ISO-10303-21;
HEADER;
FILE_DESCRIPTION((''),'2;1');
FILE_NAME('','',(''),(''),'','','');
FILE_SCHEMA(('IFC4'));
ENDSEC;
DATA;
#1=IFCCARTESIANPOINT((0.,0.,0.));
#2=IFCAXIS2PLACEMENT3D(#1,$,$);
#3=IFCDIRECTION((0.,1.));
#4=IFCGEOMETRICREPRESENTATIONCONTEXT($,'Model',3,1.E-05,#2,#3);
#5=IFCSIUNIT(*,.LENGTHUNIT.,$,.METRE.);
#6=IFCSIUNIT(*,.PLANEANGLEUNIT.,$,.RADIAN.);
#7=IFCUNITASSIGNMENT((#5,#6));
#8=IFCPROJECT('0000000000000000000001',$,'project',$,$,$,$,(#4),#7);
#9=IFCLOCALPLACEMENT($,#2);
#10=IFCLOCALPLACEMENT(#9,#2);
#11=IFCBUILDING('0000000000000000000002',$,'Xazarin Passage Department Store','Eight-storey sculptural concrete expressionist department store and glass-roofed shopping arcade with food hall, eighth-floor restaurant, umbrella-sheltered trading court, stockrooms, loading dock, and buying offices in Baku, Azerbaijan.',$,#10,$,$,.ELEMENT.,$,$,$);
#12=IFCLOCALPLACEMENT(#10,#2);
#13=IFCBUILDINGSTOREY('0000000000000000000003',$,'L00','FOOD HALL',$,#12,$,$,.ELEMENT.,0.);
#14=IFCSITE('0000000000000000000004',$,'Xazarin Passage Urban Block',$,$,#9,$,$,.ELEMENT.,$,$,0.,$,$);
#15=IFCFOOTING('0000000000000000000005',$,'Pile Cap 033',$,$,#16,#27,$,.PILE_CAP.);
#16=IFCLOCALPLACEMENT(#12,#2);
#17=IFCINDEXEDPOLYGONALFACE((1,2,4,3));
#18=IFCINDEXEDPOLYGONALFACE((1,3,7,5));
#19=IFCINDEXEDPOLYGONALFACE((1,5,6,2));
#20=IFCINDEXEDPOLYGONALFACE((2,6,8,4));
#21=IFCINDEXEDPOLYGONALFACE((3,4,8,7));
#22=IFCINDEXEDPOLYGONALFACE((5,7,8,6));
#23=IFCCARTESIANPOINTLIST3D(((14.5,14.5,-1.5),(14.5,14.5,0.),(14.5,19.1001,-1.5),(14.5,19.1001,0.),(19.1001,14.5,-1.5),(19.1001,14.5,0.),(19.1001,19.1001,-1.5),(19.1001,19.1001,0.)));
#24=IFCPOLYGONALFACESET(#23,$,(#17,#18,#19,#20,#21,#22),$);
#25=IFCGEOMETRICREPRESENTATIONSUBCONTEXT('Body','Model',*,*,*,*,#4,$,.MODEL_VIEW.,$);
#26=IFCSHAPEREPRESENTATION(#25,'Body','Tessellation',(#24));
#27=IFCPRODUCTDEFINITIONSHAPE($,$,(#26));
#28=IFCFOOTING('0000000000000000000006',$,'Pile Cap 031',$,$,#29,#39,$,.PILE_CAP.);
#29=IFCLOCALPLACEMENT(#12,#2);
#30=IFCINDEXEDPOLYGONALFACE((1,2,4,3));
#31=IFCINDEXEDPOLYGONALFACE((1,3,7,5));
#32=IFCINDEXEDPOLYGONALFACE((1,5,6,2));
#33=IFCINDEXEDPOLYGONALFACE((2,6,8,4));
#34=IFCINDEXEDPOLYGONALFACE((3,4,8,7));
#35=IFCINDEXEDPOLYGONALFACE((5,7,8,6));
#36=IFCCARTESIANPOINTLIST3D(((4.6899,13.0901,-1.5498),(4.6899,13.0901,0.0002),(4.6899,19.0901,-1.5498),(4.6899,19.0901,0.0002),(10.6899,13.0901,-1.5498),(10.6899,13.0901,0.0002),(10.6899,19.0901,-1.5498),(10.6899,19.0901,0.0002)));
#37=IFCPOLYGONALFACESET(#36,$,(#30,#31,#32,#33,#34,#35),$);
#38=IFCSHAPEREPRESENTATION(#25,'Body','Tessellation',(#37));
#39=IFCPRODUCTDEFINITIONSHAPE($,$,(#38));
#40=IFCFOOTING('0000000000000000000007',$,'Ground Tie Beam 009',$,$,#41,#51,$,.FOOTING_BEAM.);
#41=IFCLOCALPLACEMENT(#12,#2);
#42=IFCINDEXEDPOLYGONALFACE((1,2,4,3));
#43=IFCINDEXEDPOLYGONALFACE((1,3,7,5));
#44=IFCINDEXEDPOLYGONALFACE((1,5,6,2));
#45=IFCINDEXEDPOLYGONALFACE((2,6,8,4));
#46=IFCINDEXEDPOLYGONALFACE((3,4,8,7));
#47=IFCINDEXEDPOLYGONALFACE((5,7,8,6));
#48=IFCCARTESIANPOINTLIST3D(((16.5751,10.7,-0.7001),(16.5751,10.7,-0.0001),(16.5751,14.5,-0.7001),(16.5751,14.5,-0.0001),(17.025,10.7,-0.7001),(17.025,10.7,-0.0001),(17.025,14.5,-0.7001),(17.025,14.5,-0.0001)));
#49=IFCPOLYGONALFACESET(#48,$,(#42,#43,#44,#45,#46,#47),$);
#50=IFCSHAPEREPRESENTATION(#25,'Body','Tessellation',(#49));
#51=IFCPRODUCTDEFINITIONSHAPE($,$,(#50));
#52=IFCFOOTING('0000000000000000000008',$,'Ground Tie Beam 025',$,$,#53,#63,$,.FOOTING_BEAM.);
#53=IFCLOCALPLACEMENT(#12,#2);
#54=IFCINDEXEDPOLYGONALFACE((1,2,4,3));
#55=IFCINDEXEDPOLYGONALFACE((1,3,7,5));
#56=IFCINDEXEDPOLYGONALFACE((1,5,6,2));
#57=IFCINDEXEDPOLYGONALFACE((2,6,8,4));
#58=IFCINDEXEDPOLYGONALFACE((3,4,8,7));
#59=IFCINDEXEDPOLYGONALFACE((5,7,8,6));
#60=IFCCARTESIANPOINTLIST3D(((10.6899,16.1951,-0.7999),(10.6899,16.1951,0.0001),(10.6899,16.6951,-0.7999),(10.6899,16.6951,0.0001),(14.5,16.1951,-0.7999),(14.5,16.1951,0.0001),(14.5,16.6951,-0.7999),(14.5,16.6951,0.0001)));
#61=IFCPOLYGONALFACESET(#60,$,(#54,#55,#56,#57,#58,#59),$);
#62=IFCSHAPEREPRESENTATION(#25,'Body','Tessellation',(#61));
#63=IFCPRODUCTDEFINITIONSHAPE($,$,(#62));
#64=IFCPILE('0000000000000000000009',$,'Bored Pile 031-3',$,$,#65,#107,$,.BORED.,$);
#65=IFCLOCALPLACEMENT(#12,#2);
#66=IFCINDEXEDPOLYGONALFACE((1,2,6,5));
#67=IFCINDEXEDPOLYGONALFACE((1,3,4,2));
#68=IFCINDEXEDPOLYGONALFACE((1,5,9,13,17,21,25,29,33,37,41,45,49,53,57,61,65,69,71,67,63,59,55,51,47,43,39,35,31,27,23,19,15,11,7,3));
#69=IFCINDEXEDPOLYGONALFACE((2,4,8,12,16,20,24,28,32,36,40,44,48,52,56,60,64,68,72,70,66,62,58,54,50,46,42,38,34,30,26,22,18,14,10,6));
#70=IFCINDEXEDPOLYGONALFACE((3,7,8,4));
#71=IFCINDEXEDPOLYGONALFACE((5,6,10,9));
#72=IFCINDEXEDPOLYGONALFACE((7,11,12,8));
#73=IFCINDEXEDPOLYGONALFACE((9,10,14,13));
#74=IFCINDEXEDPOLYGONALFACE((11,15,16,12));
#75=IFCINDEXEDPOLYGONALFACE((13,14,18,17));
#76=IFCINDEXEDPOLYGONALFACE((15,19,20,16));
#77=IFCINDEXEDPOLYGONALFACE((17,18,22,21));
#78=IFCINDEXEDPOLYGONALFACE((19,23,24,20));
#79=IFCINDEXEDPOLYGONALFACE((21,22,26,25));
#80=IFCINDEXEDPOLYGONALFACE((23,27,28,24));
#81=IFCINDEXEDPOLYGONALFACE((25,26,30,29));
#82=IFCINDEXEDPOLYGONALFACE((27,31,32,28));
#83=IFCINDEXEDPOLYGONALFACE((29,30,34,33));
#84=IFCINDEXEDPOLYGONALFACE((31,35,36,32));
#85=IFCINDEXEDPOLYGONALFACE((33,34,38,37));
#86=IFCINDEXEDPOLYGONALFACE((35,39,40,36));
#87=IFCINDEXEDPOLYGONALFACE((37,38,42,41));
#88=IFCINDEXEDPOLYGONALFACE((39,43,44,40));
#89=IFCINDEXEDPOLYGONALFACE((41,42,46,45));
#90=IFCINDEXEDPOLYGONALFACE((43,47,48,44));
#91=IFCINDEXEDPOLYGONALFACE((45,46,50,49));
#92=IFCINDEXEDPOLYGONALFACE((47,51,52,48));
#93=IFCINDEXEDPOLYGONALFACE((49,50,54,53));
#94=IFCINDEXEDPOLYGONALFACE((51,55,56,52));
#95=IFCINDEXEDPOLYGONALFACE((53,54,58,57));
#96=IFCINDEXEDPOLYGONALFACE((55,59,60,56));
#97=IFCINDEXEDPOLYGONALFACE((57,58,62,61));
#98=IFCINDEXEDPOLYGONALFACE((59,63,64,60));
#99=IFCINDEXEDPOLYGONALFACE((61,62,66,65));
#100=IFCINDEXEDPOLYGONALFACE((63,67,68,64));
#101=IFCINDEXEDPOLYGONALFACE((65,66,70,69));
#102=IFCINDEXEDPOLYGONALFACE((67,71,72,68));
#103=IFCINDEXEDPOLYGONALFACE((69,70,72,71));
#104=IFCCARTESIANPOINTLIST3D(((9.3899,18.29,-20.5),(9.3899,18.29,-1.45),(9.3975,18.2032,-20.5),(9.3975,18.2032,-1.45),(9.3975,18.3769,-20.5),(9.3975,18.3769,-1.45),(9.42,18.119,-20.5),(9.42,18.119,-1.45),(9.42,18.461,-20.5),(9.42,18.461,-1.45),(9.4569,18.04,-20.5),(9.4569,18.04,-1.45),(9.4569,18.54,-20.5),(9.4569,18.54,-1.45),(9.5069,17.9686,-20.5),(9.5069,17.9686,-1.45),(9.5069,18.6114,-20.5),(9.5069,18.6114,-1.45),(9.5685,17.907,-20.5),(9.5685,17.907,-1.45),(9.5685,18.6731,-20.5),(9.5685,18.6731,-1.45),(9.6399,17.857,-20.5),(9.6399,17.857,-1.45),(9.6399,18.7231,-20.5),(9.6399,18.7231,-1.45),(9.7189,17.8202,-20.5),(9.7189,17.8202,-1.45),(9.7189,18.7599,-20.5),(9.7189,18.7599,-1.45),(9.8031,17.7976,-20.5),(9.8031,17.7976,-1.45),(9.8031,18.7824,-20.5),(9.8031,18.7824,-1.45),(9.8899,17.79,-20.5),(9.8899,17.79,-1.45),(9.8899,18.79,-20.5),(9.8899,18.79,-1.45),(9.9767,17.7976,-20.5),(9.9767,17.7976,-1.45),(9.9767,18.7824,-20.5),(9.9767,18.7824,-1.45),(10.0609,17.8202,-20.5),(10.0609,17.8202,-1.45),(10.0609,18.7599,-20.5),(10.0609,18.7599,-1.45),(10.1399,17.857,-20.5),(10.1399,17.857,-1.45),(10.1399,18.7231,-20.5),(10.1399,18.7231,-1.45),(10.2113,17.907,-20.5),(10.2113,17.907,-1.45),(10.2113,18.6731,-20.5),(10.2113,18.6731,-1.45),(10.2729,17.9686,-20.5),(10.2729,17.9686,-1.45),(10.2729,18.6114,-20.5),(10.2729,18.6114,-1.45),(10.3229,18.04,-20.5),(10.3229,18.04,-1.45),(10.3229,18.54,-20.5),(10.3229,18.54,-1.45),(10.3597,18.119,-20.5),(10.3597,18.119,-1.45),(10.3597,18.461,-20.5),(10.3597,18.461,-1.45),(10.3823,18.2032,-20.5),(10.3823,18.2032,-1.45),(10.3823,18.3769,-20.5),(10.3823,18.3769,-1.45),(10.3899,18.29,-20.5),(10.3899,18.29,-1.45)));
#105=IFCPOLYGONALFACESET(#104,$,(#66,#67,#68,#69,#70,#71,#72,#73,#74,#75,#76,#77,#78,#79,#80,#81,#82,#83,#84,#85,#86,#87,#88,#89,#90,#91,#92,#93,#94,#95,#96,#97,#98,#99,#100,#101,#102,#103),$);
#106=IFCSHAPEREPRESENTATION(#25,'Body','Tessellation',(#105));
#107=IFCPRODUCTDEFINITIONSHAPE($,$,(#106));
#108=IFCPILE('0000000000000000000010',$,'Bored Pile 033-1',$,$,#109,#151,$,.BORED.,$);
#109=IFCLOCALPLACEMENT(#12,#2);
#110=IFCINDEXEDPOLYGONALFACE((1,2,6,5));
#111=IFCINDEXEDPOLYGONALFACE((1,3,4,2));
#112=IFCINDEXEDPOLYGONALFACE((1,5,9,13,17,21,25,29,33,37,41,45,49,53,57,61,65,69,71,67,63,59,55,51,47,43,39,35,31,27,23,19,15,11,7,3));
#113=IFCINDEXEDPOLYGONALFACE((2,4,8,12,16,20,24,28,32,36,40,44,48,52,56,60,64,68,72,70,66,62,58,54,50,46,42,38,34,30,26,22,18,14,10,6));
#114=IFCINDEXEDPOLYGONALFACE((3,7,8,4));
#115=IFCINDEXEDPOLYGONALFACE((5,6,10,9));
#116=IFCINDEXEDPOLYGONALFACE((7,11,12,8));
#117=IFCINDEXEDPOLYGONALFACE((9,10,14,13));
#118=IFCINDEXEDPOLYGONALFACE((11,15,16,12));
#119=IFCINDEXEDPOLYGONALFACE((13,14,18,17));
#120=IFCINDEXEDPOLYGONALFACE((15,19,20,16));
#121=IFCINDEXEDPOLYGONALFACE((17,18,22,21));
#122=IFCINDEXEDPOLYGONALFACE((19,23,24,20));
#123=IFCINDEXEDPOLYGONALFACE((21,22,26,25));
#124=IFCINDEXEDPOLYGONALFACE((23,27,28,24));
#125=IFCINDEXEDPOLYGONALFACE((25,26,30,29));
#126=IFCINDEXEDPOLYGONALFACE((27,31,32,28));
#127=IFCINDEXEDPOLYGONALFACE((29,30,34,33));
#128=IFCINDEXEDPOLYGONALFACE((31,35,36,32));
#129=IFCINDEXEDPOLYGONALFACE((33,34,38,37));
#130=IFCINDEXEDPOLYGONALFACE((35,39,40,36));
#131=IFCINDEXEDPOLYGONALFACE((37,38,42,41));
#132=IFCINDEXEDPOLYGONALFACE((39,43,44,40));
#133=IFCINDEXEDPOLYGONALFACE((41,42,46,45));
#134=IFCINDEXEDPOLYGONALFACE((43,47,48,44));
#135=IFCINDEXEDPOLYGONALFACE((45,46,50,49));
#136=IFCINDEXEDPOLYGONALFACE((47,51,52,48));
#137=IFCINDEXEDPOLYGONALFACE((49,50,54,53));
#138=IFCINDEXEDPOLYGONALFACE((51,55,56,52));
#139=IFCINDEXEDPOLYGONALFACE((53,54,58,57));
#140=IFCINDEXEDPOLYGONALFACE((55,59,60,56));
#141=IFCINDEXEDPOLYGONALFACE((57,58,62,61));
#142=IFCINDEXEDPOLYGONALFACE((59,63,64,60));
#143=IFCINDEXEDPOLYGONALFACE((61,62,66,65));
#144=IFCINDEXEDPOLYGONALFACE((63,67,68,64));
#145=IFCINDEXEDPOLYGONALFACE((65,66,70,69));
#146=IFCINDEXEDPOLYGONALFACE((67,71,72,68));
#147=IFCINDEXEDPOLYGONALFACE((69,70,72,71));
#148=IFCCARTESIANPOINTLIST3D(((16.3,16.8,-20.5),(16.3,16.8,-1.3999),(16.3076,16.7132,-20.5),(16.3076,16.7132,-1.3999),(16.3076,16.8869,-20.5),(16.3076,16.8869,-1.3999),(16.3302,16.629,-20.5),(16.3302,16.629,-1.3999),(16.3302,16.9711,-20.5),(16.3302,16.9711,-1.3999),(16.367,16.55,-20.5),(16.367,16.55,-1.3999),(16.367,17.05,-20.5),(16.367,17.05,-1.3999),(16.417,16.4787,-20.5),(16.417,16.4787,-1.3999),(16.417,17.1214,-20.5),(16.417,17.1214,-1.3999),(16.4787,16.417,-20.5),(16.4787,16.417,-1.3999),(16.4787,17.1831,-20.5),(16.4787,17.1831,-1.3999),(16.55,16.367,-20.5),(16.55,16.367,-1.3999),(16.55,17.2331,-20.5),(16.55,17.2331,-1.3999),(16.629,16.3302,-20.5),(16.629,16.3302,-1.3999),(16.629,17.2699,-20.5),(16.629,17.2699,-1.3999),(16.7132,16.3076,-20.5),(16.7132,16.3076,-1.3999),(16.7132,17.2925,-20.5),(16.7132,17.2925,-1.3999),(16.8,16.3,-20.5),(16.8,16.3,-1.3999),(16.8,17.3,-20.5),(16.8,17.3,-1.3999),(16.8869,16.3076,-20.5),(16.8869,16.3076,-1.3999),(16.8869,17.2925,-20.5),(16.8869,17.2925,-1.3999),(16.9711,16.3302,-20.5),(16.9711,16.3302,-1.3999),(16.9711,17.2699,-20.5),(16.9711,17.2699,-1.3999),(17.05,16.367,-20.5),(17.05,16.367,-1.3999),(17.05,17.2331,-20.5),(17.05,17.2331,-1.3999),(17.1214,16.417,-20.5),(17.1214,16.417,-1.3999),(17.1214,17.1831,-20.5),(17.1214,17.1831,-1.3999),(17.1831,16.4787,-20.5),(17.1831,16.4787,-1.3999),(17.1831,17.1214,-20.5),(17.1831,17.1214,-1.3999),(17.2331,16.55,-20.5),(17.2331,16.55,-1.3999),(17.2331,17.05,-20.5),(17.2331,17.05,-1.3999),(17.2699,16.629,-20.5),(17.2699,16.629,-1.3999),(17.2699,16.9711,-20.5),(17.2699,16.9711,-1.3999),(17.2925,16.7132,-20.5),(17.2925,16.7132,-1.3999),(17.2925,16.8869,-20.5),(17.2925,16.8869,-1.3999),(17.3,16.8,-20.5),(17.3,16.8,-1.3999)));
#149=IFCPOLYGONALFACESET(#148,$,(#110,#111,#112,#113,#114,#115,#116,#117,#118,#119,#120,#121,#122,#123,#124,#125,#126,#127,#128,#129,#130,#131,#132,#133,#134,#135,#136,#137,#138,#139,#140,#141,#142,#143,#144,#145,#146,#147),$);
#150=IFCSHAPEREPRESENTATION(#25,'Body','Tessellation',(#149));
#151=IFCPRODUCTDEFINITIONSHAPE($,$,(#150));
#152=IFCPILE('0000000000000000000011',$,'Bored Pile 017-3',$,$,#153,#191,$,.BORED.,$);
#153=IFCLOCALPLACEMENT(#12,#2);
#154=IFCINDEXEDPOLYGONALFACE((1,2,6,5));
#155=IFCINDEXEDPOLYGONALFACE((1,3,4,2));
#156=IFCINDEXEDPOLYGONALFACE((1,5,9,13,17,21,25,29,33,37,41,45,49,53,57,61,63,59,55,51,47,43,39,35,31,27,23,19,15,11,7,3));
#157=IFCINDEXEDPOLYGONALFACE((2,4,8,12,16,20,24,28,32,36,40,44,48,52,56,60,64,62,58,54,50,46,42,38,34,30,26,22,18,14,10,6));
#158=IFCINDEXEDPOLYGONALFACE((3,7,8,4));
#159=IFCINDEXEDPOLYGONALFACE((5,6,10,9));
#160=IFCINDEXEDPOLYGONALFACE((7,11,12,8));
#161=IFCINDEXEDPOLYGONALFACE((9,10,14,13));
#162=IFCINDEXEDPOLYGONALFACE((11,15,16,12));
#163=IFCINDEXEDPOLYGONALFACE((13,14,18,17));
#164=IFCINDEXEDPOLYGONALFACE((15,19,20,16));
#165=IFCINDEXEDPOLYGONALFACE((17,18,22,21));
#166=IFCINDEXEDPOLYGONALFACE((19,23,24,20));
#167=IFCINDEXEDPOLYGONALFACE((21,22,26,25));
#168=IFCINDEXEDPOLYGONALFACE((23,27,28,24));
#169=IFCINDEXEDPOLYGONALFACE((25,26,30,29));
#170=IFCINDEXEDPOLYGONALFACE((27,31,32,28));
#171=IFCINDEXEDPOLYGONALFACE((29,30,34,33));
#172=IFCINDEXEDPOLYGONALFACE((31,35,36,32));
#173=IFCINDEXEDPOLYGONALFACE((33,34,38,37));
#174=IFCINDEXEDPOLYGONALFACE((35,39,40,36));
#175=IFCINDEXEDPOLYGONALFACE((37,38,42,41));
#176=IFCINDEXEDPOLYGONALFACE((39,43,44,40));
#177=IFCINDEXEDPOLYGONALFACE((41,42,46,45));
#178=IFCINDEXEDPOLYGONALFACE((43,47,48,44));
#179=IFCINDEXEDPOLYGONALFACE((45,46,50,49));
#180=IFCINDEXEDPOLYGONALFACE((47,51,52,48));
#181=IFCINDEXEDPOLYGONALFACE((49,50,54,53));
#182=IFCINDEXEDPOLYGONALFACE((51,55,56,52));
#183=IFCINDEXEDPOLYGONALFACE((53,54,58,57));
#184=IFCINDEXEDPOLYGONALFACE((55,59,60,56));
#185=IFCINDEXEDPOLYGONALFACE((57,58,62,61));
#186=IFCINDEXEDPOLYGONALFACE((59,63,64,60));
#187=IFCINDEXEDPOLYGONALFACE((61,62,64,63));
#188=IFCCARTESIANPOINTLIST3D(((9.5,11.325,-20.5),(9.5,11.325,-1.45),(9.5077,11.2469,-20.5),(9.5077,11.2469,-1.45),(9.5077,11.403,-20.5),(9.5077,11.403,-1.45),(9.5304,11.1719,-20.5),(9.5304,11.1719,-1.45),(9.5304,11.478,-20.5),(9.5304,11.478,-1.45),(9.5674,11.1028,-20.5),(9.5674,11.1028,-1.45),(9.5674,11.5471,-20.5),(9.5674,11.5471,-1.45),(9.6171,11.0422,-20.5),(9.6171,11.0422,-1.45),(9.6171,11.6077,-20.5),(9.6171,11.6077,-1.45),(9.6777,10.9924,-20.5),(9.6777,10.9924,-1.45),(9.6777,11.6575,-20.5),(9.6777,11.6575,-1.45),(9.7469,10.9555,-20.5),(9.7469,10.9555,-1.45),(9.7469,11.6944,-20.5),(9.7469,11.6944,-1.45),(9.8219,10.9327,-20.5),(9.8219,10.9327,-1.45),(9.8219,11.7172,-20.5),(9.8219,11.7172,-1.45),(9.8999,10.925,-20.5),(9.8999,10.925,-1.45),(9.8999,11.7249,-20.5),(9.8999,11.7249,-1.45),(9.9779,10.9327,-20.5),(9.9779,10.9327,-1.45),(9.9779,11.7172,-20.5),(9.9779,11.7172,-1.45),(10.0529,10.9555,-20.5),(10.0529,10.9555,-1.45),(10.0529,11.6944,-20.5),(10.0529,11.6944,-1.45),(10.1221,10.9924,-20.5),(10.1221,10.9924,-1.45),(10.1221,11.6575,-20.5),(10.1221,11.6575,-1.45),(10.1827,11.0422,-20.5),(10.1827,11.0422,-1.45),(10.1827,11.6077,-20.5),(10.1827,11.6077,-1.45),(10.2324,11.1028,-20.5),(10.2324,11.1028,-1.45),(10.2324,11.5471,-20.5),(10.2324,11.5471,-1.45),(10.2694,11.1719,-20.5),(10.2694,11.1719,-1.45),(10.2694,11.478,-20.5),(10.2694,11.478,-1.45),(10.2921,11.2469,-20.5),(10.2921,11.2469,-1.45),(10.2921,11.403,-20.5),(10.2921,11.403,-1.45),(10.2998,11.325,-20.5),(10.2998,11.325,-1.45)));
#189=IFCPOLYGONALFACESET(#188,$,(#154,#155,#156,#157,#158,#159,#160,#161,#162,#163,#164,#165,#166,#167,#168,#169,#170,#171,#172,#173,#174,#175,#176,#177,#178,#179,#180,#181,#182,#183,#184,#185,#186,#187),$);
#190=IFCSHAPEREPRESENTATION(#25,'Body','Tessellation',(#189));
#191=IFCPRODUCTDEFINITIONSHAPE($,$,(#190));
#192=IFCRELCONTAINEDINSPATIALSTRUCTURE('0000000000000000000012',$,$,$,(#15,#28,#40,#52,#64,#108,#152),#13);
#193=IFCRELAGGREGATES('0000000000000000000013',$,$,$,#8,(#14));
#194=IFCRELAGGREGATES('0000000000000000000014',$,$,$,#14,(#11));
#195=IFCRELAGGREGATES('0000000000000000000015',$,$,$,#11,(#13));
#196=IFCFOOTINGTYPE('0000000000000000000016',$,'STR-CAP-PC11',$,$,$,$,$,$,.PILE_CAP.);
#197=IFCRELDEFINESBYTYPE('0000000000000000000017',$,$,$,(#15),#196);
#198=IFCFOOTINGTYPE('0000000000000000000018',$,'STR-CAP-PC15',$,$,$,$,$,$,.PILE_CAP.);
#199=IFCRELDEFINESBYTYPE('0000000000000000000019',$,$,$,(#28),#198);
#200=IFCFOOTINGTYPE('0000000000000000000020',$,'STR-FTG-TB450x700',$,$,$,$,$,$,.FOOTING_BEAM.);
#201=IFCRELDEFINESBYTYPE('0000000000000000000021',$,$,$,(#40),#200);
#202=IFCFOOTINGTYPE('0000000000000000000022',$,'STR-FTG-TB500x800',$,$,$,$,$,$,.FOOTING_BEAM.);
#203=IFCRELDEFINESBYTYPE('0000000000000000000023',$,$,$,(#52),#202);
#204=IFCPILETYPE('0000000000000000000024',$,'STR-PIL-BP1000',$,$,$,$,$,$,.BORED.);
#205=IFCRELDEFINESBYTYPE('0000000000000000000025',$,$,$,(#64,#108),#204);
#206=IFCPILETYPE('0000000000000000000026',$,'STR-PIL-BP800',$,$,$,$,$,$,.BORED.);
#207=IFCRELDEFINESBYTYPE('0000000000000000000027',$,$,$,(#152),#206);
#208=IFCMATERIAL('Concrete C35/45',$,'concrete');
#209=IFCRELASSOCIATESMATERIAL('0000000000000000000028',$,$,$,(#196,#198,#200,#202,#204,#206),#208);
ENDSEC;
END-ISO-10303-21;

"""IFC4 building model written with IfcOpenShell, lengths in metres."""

from ifc_helpers import new_model, si_unit, direction, frame, origin, origin_2d, place, context, subcontext, project, spatial, rectangle, circle, extrude, material, material_profile, profile_set, type_object, element, save


model = new_model("IFC4")

# Units and contexts
model_context = context("Model", 3, precision=1e-05, world=origin(), true_north=direction((0.0, 1.0)))
body_context = subcontext(model_context, "Body", "Model", "MODEL_VIEW")
ifc_project = project(units=[si_unit("LENGTHUNIT", "METRE"), si_unit("PLANEANGLEUNIT", "RADIAN")], contexts=[model_context])

# Site, building, storey
site_placement = place(None, origin())
site = spatial("IfcSite", under=ifc_project, at=site_placement, Name="Xazarin Passage Urban Block", CompositionType="ELEMENT", RefElevation=0.0)
building_placement = place(site_placement, origin())
building = spatial("IfcBuilding", under=site, at=building_placement, Name="Xazarin Passage Department Store", Description="Eight-storey sculptural concrete expressionist department store and glass-roofed shopping arcade with food hall, eighth-floor restaurant, umbrella-sheltered trading court, stockrooms, loading dock, and buying offices in Baku, Azerbaijan.", CompositionType="ELEMENT")
storey_placement = place(building_placement, origin())
storey = spatial("IfcBuildingStorey", under=building, at=storey_placement, Name="L00", Description="FOOD HALL", CompositionType="ELEMENT", Elevation=0.0)

# Footings
ifc_material_1 = material(Name="Concrete C35/45", Category="concrete")
footing_type_1 = type_object("IfcFootingType", Name="STR-CAP-PC11", PredefinedType="PILE_CAP", material=ifc_material_1)
footing_1_placement = place(storey_placement, frame((16.8, 16.8, -1.5), z_axis=(0.0, 0.0, 1.0), x_axis=(1.0, 0.0, 0.0)))
element("IfcFooting", 1, at=footing_1_placement, inside=storey, type_object=footing_type_1, Name="Pile Cap 033", PredefinedType="PILE_CAP", context=body_context, shape_type="SweptSolid", body=[
    extrude(rectangle(XDim=4.6001, YDim=4.6001, at=origin_2d()), origin(), (0.0, 0.0, 1.0), 1.5),
])
footing_type_2 = type_object("IfcFootingType", Name="STR-CAP-PC15", PredefinedType="PILE_CAP", material=ifc_material_1)
footing_2_placement = place(storey_placement, frame((7.6899, 16.0901, -1.5498), z_axis=(0.0, 0.0, 1.0), x_axis=(1.0, 0.0, 0.0)))
element("IfcFooting", 2, at=footing_2_placement, inside=storey, type_object=footing_type_2, Name="Pile Cap 031", PredefinedType="PILE_CAP", context=body_context, shape_type="SweptSolid", body=[
    extrude(rectangle(XDim=6.0, YDim=6.0, at=origin_2d()), origin(), (0.0, 0.0, 1.0), 1.55),
])
ifc_material_profile_1 = material_profile(ifc_material_1, rectangle(XDim=0.45, YDim=0.7, at=origin_2d()), Name="RC 450x700")
ifc_profile_set_1 = profile_set([ifc_material_profile_1], Name="Concrete C35/45")
footing_type_3 = type_object("IfcFootingType", Name="STR-FTG-TB450x700", PredefinedType="FOOTING_BEAM", material=ifc_profile_set_1)
footing_3_placement = place(storey_placement, frame((16.8, 10.7, -0.3501), z_axis=(0.0, 1.0, 0.0), x_axis=(-1.0, 0.0, 0.0)))
element("IfcFooting", 3, at=footing_3_placement, inside=storey, type_object=footing_type_3, Name="Ground Tie Beam 009", PredefinedType="FOOTING_BEAM", context=body_context, shape_type="SweptSolid", body=[
    extrude(rectangle(XDim=0.45, YDim=0.7, at=origin_2d()), origin(), (0.0, 0.0, 1.0), 3.8),
])
ifc_material_profile_2 = material_profile(ifc_material_1, rectangle(XDim=0.5, YDim=0.8, at=origin_2d()), Name="RC 500x800")
ifc_profile_set_2 = profile_set([ifc_material_profile_2], Name="Concrete C35/45")
footing_type_4 = type_object("IfcFootingType", Name="STR-FTG-TB500x800", PredefinedType="FOOTING_BEAM", material=ifc_profile_set_2)
footing_4_placement = place(storey_placement, frame((10.6899, 16.4451, -0.3999), z_axis=(1.0, 0.0, 0.0), x_axis=(0.0, 1.0, 0.0)))
element("IfcFooting", 4, at=footing_4_placement, inside=storey, type_object=footing_type_4, Name="Ground Tie Beam 025", PredefinedType="FOOTING_BEAM", context=body_context, shape_type="SweptSolid", body=[
    extrude(rectangle(XDim=0.5, YDim=0.8, at=origin_2d()), origin(), (0.0, 0.0, 1.0), 3.8101),
])

# Piles
ifc_material_profile_3 = material_profile(ifc_material_1, circle(Radius=0.5, at=origin_2d()), Name="BP 1000")
ifc_profile_set_3 = profile_set([ifc_material_profile_3], Name="Concrete C35/45")
pile_type_1 = type_object("IfcPileType", Name="STR-PIL-BP1000", PredefinedType="BORED", material=ifc_profile_set_3)
pile_1_placement = place(storey_placement, frame((9.8899, 18.29, -1.45), z_axis=(0.0, 0.0, -1.0), x_axis=(1.0, 0.0, 0.0)))
element("IfcPile", 5, at=pile_1_placement, inside=storey, type_object=pile_type_1, Name="Bored Pile 031-3", PredefinedType="BORED", context=body_context, shape_type="SweptSolid", body=[
    extrude(circle(Radius=0.5, at=origin_2d()), origin(), (0.0, 0.0, 1.0), 19.05),
])
pile_2_placement = place(storey_placement, frame((16.8, 16.8, -1.3999), z_axis=(0.0, 0.0, -1.0), x_axis=(1.0, 0.0, 0.0)))
element("IfcPile", 6, at=pile_2_placement, inside=storey, type_object=pile_type_1, Name="Bored Pile 033-1", PredefinedType="BORED", context=body_context, shape_type="SweptSolid", body=[
    extrude(circle(Radius=0.5, at=origin_2d()), origin(), (0.0, 0.0, 1.0), 19.1001),
])
ifc_material_profile_4 = material_profile(ifc_material_1, circle(Radius=0.3999, at=origin_2d()), Name="BP 800")
ifc_profile_set_4 = profile_set([ifc_material_profile_4], Name="Concrete C35/45")
pile_type_2 = type_object("IfcPileType", Name="STR-PIL-BP800", PredefinedType="BORED", material=ifc_profile_set_4)
pile_3_placement = place(storey_placement, frame((9.8999, 11.325, -1.45), z_axis=(0.0, 0.0, -1.0), x_axis=(1.0, 0.0, 0.0)))
element("IfcPile", 7, at=pile_3_placement, inside=storey, type_object=pile_type_2, Name="Bored Pile 017-3", PredefinedType="BORED", context=body_context, shape_type="SweptSolid", body=[
    extrude(circle(Radius=0.3999, at=origin_2d()), origin(), (0.0, 0.0, 1.0), 19.05),
])

save(model, "model.ifc")
